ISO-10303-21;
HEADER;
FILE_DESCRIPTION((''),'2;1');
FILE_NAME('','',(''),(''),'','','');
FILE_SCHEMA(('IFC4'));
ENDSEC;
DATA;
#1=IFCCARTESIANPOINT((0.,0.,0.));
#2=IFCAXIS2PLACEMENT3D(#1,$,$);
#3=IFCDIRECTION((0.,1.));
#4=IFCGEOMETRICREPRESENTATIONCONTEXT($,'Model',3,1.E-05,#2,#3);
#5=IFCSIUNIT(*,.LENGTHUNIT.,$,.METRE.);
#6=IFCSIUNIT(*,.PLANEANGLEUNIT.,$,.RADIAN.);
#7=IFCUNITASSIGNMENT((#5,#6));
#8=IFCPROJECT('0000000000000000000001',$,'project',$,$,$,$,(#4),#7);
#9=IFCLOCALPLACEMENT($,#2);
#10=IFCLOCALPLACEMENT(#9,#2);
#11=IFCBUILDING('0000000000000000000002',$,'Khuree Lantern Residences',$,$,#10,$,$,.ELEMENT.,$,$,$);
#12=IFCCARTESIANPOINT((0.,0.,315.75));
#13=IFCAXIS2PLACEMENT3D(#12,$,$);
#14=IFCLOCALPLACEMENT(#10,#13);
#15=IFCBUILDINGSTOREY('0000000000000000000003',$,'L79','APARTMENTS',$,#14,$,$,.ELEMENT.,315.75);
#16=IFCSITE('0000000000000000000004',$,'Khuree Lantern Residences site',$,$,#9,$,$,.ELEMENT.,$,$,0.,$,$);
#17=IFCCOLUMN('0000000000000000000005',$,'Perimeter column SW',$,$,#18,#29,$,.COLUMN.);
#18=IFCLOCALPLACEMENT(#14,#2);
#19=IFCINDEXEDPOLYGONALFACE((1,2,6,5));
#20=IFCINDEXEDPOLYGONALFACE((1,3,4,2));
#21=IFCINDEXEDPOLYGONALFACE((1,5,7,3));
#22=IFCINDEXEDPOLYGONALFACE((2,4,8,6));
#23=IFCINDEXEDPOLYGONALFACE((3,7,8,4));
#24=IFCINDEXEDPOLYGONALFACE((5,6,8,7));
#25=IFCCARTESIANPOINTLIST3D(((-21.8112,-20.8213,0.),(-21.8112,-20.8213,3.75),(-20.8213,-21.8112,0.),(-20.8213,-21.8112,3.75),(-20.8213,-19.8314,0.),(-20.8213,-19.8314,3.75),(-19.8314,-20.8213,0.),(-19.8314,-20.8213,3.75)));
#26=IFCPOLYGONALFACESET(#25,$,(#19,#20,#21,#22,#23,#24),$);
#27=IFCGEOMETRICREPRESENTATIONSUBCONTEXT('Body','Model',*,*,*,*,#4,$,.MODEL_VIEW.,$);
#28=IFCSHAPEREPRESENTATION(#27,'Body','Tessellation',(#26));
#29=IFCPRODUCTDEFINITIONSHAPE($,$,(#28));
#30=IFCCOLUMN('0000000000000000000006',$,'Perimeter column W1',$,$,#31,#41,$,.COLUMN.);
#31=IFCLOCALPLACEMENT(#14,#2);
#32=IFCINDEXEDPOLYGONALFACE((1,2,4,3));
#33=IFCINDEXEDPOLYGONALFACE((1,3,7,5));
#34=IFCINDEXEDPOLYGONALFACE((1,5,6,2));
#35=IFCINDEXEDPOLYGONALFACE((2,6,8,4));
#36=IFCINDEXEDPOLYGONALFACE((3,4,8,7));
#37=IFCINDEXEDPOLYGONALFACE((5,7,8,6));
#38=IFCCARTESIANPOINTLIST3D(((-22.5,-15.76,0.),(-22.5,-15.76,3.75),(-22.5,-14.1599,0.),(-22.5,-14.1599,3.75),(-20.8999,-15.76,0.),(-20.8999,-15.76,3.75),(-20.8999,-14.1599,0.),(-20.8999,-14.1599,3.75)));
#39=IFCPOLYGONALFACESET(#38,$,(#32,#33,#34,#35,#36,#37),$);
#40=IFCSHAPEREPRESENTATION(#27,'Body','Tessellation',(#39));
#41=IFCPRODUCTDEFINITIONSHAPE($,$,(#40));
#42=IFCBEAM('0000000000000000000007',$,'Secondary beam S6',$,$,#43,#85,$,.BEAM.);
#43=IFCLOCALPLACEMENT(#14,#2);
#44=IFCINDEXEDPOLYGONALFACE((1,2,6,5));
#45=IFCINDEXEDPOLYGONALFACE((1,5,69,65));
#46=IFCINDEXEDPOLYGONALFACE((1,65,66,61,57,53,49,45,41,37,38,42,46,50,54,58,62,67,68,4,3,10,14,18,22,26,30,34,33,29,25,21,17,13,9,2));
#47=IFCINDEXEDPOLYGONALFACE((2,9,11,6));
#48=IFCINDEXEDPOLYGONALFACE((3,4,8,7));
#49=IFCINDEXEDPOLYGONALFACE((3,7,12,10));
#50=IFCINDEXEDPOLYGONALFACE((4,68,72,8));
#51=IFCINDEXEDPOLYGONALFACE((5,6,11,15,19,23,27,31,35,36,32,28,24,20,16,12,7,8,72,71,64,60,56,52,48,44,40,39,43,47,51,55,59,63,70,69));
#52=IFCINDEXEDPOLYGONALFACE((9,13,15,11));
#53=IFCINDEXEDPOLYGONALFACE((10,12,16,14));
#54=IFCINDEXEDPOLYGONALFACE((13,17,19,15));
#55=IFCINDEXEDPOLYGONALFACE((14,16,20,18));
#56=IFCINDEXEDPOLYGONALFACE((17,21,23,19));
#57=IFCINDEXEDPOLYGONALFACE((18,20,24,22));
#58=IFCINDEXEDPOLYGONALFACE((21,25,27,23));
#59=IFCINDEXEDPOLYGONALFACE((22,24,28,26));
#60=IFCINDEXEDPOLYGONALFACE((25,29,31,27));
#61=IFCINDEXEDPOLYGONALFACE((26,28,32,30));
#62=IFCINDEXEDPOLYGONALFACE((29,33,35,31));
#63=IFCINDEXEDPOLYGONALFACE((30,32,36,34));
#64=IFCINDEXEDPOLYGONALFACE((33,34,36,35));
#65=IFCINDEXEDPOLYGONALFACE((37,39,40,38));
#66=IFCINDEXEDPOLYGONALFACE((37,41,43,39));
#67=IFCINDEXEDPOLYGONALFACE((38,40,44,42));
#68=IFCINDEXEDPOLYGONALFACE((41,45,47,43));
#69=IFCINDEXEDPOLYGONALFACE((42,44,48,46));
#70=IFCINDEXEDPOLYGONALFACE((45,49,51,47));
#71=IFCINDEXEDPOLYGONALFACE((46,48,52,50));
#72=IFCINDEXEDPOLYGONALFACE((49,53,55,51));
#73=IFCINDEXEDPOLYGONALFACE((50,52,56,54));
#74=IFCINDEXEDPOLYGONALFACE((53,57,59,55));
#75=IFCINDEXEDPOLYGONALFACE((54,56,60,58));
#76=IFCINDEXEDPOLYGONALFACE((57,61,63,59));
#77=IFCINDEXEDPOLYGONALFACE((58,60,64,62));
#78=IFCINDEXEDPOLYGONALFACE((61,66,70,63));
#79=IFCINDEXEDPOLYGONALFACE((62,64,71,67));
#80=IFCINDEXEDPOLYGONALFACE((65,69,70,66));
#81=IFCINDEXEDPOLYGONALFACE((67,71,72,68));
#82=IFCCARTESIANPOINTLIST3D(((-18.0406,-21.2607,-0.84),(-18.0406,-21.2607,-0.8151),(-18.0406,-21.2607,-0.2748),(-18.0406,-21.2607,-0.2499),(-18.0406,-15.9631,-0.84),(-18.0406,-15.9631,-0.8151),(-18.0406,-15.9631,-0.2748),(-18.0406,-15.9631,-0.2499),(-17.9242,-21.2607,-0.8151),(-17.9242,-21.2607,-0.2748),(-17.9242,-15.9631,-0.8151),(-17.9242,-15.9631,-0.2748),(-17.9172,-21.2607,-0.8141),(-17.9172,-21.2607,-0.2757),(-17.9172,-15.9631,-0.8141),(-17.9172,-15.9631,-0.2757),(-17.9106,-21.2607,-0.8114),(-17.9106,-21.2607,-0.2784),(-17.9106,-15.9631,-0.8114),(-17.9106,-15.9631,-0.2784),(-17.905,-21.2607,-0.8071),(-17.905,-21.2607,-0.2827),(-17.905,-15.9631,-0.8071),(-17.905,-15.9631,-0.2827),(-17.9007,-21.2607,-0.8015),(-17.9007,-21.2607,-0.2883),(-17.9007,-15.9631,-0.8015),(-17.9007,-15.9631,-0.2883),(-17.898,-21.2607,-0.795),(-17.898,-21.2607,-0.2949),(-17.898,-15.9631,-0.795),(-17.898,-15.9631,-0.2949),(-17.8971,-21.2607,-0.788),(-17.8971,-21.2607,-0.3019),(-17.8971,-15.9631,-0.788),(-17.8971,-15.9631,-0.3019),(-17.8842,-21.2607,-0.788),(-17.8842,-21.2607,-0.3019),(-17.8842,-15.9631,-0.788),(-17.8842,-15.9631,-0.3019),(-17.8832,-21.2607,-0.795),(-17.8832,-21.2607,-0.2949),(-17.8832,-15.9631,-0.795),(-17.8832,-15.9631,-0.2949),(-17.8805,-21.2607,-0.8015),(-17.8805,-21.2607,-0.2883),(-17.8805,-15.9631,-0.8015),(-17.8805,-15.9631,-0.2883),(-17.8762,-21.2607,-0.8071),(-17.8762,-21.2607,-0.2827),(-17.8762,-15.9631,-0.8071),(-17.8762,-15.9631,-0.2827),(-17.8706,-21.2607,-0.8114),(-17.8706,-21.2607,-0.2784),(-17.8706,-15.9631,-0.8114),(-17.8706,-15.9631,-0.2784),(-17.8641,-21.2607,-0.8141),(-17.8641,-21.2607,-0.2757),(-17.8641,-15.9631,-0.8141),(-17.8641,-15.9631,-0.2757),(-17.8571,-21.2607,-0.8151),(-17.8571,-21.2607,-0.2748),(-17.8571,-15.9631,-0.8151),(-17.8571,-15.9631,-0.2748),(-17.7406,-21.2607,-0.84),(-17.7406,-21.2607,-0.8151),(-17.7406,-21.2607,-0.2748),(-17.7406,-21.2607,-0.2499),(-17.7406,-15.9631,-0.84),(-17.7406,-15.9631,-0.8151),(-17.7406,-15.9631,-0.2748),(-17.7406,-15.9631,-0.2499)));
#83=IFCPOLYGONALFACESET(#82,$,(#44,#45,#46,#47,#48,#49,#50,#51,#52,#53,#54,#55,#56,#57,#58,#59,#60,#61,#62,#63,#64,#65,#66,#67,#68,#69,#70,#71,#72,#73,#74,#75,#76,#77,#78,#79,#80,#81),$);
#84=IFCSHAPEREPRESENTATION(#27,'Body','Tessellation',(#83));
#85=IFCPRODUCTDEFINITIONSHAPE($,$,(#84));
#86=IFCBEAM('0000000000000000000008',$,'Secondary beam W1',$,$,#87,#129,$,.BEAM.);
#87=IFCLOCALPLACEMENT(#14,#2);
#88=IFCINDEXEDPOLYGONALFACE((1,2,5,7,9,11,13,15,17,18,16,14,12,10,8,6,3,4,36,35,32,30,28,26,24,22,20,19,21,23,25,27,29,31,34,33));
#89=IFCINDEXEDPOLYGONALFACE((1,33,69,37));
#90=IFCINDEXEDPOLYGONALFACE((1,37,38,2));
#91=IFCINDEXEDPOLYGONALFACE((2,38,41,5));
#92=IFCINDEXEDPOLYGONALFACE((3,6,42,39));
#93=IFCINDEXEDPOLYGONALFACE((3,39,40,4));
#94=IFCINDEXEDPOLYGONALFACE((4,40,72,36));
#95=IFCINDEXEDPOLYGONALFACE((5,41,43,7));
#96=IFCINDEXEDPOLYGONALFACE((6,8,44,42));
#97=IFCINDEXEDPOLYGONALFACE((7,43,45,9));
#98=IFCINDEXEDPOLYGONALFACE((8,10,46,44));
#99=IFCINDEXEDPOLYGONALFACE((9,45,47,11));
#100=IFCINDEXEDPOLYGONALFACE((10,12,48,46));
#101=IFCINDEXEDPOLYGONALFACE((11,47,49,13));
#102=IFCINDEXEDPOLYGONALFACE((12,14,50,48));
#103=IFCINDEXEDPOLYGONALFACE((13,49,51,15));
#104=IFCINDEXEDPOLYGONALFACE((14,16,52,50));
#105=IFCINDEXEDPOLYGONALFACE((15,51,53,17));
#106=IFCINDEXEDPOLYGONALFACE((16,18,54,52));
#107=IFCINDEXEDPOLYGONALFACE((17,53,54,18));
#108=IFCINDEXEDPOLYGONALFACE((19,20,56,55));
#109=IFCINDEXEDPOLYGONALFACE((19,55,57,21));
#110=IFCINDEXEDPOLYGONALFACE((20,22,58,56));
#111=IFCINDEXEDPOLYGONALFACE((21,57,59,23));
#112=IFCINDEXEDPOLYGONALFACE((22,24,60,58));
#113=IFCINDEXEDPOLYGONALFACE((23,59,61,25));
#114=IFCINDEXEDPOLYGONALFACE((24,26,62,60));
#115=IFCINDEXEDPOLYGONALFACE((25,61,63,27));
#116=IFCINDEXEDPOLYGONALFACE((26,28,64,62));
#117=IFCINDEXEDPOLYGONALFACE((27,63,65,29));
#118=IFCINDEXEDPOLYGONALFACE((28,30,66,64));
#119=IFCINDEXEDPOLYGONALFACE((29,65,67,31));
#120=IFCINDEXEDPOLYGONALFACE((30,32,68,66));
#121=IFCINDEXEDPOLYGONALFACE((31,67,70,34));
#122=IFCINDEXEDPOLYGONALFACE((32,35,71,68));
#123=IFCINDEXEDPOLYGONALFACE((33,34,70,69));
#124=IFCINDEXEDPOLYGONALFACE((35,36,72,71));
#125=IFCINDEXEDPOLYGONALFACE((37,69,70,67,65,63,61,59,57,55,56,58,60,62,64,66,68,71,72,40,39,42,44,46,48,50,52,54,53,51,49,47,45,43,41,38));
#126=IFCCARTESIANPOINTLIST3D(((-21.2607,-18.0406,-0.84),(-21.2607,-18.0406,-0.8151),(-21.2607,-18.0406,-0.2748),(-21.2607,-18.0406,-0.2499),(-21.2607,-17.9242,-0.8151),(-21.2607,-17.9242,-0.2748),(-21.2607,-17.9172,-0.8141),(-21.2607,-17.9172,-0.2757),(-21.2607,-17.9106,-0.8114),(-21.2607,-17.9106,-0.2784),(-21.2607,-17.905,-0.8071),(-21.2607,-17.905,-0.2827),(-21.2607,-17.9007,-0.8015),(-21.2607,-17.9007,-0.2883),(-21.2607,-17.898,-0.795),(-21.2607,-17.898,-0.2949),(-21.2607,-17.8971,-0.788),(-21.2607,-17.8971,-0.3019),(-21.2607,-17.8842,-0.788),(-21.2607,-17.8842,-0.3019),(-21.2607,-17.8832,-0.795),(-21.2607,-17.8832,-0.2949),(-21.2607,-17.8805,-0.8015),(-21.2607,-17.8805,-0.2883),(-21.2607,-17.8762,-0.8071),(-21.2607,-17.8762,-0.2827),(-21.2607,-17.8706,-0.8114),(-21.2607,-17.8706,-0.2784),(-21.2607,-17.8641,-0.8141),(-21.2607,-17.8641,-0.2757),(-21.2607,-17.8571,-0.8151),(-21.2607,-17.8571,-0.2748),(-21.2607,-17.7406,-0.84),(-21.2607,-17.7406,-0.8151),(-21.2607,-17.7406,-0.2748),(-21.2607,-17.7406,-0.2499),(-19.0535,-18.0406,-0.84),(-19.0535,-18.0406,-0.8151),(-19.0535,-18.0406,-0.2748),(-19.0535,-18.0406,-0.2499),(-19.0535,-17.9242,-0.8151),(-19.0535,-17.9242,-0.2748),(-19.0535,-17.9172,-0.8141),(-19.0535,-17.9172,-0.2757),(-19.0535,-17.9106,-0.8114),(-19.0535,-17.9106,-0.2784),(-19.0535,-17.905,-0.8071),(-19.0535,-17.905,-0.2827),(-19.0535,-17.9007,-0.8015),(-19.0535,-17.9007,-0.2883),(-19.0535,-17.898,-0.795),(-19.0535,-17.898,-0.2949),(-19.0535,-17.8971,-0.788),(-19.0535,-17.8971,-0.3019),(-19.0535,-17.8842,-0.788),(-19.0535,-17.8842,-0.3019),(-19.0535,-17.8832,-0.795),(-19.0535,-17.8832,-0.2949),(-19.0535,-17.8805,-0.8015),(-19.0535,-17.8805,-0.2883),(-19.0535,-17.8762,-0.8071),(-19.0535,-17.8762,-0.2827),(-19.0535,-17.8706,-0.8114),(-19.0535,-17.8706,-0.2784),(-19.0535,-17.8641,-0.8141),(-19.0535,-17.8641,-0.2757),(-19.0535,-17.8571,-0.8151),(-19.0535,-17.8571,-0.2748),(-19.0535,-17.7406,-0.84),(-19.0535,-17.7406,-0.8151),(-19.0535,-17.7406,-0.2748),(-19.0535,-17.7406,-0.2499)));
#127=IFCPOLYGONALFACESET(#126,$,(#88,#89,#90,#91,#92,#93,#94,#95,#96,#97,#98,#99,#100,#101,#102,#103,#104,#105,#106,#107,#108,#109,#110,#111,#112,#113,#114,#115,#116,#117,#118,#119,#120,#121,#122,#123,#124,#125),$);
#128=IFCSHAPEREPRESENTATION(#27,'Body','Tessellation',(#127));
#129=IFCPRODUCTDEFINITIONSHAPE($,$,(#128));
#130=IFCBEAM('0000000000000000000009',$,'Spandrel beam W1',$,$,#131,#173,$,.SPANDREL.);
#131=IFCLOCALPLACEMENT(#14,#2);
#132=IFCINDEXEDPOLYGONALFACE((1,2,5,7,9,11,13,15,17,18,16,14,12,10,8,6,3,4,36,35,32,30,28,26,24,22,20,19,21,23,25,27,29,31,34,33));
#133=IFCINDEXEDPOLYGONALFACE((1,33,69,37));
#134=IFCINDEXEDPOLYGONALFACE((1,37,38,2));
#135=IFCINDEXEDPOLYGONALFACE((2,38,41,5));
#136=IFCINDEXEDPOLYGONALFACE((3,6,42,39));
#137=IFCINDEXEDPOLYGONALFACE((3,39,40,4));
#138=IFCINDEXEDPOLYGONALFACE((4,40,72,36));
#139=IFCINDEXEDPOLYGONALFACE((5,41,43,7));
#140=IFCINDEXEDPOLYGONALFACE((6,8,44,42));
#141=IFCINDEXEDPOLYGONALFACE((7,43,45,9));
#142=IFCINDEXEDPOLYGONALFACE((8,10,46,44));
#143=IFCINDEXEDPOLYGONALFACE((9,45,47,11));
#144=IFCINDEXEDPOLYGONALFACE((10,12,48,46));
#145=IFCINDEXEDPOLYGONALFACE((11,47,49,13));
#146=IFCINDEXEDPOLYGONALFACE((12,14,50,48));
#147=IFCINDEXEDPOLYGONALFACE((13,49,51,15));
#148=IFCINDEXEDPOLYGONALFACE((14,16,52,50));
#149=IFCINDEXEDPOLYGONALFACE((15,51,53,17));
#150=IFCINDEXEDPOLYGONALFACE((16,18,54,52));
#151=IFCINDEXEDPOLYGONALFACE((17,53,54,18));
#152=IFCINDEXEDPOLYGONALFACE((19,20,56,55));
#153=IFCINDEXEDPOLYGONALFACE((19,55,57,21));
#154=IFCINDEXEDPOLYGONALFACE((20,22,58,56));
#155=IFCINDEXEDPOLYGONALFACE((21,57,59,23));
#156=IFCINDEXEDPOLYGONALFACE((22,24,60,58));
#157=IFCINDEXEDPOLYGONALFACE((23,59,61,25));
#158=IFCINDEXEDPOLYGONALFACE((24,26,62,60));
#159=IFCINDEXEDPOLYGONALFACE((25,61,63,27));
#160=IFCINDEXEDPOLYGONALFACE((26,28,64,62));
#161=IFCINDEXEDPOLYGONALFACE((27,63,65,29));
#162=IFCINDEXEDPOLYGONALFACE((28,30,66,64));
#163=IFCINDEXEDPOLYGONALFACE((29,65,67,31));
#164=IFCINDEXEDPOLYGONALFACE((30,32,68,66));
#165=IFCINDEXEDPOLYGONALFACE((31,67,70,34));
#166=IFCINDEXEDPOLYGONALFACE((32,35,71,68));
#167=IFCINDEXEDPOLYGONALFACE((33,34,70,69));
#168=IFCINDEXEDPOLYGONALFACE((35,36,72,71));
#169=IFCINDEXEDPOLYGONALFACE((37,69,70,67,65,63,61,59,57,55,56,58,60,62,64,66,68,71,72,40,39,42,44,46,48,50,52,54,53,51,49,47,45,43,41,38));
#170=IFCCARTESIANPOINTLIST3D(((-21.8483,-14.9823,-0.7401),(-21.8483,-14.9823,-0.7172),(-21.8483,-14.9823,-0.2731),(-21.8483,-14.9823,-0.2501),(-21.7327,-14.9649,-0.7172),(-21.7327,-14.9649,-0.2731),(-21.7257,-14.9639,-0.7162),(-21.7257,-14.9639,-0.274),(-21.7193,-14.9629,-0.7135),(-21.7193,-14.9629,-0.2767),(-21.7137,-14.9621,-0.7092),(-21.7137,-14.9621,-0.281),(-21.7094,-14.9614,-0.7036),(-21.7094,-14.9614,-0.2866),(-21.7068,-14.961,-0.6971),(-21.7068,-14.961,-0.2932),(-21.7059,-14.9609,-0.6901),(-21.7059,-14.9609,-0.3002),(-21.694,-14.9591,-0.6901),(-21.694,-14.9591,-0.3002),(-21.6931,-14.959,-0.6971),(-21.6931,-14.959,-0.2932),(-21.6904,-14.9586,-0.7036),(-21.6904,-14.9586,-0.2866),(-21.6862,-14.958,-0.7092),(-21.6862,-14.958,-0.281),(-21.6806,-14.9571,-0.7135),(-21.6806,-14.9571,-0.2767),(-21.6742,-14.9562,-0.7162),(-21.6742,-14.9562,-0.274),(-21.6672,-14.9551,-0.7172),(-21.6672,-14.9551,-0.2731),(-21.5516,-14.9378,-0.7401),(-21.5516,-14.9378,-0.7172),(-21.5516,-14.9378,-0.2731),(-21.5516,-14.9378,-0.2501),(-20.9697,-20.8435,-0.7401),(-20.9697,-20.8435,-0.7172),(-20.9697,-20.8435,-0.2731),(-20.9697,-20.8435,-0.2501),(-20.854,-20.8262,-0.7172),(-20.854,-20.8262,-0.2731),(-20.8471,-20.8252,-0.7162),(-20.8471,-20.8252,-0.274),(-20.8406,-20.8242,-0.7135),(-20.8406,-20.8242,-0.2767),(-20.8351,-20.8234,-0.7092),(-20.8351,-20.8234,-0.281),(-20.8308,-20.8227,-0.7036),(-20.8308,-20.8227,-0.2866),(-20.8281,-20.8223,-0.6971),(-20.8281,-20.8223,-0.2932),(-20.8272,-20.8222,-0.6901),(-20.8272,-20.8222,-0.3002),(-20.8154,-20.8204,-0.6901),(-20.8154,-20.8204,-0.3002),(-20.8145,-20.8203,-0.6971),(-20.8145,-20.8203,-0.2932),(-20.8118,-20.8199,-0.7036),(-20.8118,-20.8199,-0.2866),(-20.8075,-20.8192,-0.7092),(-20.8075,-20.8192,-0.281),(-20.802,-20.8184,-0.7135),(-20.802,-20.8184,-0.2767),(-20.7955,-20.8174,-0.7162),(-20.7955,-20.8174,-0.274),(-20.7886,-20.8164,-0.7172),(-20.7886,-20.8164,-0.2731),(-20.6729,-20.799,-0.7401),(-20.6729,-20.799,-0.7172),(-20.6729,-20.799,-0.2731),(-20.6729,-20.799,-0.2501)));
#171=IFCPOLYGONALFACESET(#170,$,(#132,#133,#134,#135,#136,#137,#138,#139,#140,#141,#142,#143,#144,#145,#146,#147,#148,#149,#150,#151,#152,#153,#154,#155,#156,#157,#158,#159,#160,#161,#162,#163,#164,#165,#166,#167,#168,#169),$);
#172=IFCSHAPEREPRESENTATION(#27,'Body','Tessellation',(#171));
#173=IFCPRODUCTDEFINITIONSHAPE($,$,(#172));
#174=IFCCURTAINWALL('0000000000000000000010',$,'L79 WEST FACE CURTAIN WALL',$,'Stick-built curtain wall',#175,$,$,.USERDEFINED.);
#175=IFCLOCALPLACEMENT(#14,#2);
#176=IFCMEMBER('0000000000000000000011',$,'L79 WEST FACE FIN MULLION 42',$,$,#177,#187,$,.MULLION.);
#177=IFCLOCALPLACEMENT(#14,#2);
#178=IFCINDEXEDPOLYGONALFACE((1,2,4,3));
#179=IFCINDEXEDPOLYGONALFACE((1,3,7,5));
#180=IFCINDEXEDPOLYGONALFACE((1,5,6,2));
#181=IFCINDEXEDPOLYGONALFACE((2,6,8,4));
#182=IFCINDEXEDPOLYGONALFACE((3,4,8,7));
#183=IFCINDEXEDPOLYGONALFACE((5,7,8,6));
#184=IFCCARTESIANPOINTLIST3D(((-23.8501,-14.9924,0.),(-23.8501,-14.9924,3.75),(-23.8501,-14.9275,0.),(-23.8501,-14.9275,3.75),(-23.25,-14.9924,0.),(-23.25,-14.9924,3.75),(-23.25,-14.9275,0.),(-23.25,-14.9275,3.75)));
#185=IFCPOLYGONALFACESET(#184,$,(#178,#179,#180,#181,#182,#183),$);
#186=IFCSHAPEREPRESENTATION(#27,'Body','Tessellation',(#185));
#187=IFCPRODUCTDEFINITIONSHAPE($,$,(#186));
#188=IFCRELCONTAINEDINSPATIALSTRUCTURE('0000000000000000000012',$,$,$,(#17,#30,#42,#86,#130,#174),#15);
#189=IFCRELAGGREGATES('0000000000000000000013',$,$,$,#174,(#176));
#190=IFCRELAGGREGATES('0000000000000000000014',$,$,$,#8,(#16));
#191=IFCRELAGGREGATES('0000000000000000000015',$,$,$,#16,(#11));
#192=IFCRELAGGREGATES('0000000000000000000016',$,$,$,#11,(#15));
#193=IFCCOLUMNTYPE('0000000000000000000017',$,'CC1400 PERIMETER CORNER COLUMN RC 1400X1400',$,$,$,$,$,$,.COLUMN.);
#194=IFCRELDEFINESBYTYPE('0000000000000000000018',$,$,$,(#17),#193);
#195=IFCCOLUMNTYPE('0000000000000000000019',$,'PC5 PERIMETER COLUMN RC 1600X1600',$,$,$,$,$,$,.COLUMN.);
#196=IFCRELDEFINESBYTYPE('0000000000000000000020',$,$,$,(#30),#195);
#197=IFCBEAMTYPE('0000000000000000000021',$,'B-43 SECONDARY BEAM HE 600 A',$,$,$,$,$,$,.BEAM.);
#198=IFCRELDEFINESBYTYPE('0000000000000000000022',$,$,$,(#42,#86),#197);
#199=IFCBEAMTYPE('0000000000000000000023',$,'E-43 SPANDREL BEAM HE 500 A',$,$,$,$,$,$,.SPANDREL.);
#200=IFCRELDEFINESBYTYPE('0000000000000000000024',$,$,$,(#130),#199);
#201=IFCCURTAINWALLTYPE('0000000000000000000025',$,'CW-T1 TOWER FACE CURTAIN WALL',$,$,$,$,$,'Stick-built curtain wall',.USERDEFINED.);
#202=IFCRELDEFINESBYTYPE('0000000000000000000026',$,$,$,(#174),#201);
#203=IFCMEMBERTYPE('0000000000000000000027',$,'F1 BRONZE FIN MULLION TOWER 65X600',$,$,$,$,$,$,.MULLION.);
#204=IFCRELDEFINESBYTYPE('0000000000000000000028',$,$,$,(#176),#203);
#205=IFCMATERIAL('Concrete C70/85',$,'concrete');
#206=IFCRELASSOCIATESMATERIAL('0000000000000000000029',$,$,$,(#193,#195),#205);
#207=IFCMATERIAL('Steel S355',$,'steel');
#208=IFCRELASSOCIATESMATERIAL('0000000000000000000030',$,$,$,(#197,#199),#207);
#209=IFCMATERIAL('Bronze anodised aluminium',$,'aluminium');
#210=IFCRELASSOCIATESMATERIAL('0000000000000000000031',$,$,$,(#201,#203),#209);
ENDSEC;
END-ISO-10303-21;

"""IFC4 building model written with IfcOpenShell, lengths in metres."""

from ifc_helpers import new_model, si_unit, direction, frame, origin, origin_2d, place, context, subcontext, project, spatial, rectangle, i_section, extrude, material, material_profile, profile_set, type_object, element, aggregate, save


model = new_model("IFC4")

# Units and contexts
model_context = context("Model", 3, precision=1e-05, world=origin(), true_north=direction((0.0, 1.0)))
body_context = subcontext(model_context, "Body", "Model", "MODEL_VIEW")
ifc_project = project(units=[si_unit("LENGTHUNIT", "METRE"), si_unit("PLANEANGLEUNIT", "RADIAN")], contexts=[model_context])

# Site, building, storey
site_placement = place(None, origin())
site = spatial("IfcSite", under=ifc_project, at=site_placement, Name="Khuree Lantern Residences site", CompositionType="ELEMENT", RefElevation=0.0)
building_placement = place(site_placement, origin())
building = spatial("IfcBuilding", under=site, at=building_placement, Name="Khuree Lantern Residences", CompositionType="ELEMENT")
storey_placement = place(building_placement, frame((0.0, 0.0, 315.75)))
storey = spatial("IfcBuildingStorey", under=building, at=storey_placement, Name="L79", Description="APARTMENTS", CompositionType="ELEMENT", Elevation=315.75)

# Columns
ifc_material_1 = material(Name="Concrete C70/85", Category="concrete")
ifc_material_profile_1 = material_profile(ifc_material_1, rectangle(XDim=1.3999, YDim=1.3999, at=origin_2d()), Name="RC 1400X1400")
ifc_profile_set_1 = profile_set([ifc_material_profile_1], Name="Concrete C70/85")
column_type_1 = type_object("IfcColumnType", Name="CC1400 PERIMETER CORNER COLUMN RC 1400X1400", PredefinedType="COLUMN", material=ifc_profile_set_1)
column_1_placement = place(storey_placement, frame((-20.8213, -20.8213, 0.0), z_axis=(0.0, 0.0, 1.0), x_axis=(0.707107, -0.707107, 0.0)))
element("IfcColumn", 1, at=column_1_placement, inside=storey, type_object=column_type_1, Name="Perimeter column SW", PredefinedType="COLUMN", context=body_context, shape_type="SweptSolid", body=[
    extrude(rectangle(XDim=1.3999, YDim=1.3999, at=origin_2d()), origin(), (0.0, 0.0, 1.0), 3.75),
])
ifc_material_profile_2 = material_profile(ifc_material_1, rectangle(XDim=1.6001, YDim=1.6001, at=origin_2d()), Name="RC 1600X1600")
ifc_profile_set_2 = profile_set([ifc_material_profile_2], Name="Concrete C70/85")
column_type_2 = type_object("IfcColumnType", Name="PC5 PERIMETER COLUMN RC 1600X1600", PredefinedType="COLUMN", material=ifc_profile_set_2)
column_2_placement = place(storey_placement, frame((-21.7, -14.96, 0.0), z_axis=(0.0, 0.0, 1.0), x_axis=(0.0, 1.0, 0.0)))
element("IfcColumn", 2, at=column_2_placement, inside=storey, type_object=column_type_2, Name="Perimeter column W1", PredefinedType="COLUMN", context=body_context, shape_type="SweptSolid", body=[
    extrude(rectangle(XDim=1.6001, YDim=1.6001, at=origin_2d()), origin(), (0.0, 0.0, 1.0), 3.75),
])

# Beams
ifc_material_2 = material(Name="Steel S355", Category="steel")
ifc_material_profile_3 = material_profile(ifc_material_2, i_section(OverallWidth=0.3, OverallDepth=0.5901, WebThickness=0.0129, FlangeThickness=0.0249, FilletRadius=0.0271, at=origin_2d()), Name="HE 600 A")
ifc_profile_set_3 = profile_set([ifc_material_profile_3], Name="Steel S355")
beam_type_1 = type_object("IfcBeamType", Name="B-43 SECONDARY BEAM HE 600 A", PredefinedType="BEAM", material=ifc_profile_set_3)
beam_1_placement = place(storey_placement, frame((-17.8906, -21.2607, -0.5449), z_axis=(0.0, 1.0, 0.0), x_axis=(-1.0, 0.0, 0.0)))
element("IfcBeam", 3, at=beam_1_placement, inside=storey, type_object=beam_type_1, Name="Secondary beam S6", PredefinedType="BEAM", context=body_context, shape_type="SweptSolid", body=[
    extrude(i_section(OverallWidth=0.3, OverallDepth=0.5901, WebThickness=0.0129, FlangeThickness=0.0249, FilletRadius=0.0271, at=origin_2d()), origin(), (0.0, 0.0, 1.0), 5.2976),
])
beam_2_placement = place(storey_placement, frame((-21.2607, -17.8906, -0.5449), z_axis=(1.0, 0.0, 0.0), x_axis=(0.0, 1.0, 0.0)))
element("IfcBeam", 4, at=beam_2_placement, inside=storey, type_object=beam_type_1, Name="Secondary beam W1", PredefinedType="BEAM", context=body_context, shape_type="SweptSolid", body=[
    extrude(i_section(OverallWidth=0.3, OverallDepth=0.5901, WebThickness=0.0129, FlangeThickness=0.0249, FilletRadius=0.0271, at=origin_2d()), origin(), (0.0, 0.0, 1.0), 2.2073),
])
ifc_material_profile_4 = material_profile(ifc_material_2, i_section(OverallWidth=0.3, OverallDepth=0.49, WebThickness=0.012, FlangeThickness=0.0229, FilletRadius=0.0271, at=origin_2d()), Name="HE 500 A")
ifc_profile_set_4 = profile_set([ifc_material_profile_4], Name="Steel S355")
beam_type_2 = type_object("IfcBeamType", Name="E-43 SPANDREL BEAM HE 500 A", PredefinedType="SPANDREL", material=ifc_profile_set_4)
beam_3_placement = place(storey_placement, frame((-20.8213, -20.8213, -0.4951), z_axis=(-0.148252, 0.98895, 0.0), x_axis=(-0.98895, -0.148252, 0.0)))
element("IfcBeam", 5, at=beam_3_placement, inside=storey, type_object=beam_type_2, Name="Spandrel beam W1", PredefinedType="SPANDREL", context=body_context, shape_type="SweptSolid", body=[
    extrude(i_section(OverallWidth=0.3, OverallDepth=0.49, WebThickness=0.012, FlangeThickness=0.0229, FilletRadius=0.0271, at=origin_2d()), origin(), (0.0, 0.0, 1.0), 5.9268),
])

# Curtain wall, member
ifc_material_3 = material(Name="Bronze anodised aluminium", Category="aluminium")
curtain_wall_type_1 = type_object("IfcCurtainWallType", Name="CW-T1 TOWER FACE CURTAIN WALL", ElementType="Stick-built curtain wall", PredefinedType="USERDEFINED", material=ifc_material_3)
curtain_wall_1_placement = place(storey_placement, origin())
curtain_wall_1 = element("IfcCurtainWall", 6, at=curtain_wall_1_placement, inside=storey, type_object=curtain_wall_type_1, Name="L79 WEST FACE CURTAIN WALL", ObjectType="Stick-built curtain wall", PredefinedType="USERDEFINED")
ifc_material_profile_5 = material_profile(ifc_material_3, rectangle(XDim=0.0649, YDim=0.6001, at=origin_2d()), Name="F1 65X600")
ifc_profile_set_5 = profile_set([ifc_material_profile_5], Name="Bronze anodised aluminium")
member_type_1 = type_object("IfcMemberType", Name="F1 BRONZE FIN MULLION TOWER 65X600", PredefinedType="MULLION", material=ifc_profile_set_5)
member_1_placement = place(storey_placement, frame((-23.55, -14.96, 0.0), z_axis=(0.0, 0.0, 1.0), x_axis=(0.0, -1.0, 0.0)))
member_1 = element("IfcMember", 7, at=member_1_placement, type_object=member_type_1, Name="L79 WEST FACE FIN MULLION 42", PredefinedType="MULLION", context=body_context, shape_type="SweptSolid", body=[
    extrude(rectangle(XDim=0.0649, YDim=0.6001, at=origin_2d()), origin(), (0.0, 0.0, 1.0), 3.75),
])

aggregate(curtain_wall_1, [member_1])

save(model, "model.ifc")
